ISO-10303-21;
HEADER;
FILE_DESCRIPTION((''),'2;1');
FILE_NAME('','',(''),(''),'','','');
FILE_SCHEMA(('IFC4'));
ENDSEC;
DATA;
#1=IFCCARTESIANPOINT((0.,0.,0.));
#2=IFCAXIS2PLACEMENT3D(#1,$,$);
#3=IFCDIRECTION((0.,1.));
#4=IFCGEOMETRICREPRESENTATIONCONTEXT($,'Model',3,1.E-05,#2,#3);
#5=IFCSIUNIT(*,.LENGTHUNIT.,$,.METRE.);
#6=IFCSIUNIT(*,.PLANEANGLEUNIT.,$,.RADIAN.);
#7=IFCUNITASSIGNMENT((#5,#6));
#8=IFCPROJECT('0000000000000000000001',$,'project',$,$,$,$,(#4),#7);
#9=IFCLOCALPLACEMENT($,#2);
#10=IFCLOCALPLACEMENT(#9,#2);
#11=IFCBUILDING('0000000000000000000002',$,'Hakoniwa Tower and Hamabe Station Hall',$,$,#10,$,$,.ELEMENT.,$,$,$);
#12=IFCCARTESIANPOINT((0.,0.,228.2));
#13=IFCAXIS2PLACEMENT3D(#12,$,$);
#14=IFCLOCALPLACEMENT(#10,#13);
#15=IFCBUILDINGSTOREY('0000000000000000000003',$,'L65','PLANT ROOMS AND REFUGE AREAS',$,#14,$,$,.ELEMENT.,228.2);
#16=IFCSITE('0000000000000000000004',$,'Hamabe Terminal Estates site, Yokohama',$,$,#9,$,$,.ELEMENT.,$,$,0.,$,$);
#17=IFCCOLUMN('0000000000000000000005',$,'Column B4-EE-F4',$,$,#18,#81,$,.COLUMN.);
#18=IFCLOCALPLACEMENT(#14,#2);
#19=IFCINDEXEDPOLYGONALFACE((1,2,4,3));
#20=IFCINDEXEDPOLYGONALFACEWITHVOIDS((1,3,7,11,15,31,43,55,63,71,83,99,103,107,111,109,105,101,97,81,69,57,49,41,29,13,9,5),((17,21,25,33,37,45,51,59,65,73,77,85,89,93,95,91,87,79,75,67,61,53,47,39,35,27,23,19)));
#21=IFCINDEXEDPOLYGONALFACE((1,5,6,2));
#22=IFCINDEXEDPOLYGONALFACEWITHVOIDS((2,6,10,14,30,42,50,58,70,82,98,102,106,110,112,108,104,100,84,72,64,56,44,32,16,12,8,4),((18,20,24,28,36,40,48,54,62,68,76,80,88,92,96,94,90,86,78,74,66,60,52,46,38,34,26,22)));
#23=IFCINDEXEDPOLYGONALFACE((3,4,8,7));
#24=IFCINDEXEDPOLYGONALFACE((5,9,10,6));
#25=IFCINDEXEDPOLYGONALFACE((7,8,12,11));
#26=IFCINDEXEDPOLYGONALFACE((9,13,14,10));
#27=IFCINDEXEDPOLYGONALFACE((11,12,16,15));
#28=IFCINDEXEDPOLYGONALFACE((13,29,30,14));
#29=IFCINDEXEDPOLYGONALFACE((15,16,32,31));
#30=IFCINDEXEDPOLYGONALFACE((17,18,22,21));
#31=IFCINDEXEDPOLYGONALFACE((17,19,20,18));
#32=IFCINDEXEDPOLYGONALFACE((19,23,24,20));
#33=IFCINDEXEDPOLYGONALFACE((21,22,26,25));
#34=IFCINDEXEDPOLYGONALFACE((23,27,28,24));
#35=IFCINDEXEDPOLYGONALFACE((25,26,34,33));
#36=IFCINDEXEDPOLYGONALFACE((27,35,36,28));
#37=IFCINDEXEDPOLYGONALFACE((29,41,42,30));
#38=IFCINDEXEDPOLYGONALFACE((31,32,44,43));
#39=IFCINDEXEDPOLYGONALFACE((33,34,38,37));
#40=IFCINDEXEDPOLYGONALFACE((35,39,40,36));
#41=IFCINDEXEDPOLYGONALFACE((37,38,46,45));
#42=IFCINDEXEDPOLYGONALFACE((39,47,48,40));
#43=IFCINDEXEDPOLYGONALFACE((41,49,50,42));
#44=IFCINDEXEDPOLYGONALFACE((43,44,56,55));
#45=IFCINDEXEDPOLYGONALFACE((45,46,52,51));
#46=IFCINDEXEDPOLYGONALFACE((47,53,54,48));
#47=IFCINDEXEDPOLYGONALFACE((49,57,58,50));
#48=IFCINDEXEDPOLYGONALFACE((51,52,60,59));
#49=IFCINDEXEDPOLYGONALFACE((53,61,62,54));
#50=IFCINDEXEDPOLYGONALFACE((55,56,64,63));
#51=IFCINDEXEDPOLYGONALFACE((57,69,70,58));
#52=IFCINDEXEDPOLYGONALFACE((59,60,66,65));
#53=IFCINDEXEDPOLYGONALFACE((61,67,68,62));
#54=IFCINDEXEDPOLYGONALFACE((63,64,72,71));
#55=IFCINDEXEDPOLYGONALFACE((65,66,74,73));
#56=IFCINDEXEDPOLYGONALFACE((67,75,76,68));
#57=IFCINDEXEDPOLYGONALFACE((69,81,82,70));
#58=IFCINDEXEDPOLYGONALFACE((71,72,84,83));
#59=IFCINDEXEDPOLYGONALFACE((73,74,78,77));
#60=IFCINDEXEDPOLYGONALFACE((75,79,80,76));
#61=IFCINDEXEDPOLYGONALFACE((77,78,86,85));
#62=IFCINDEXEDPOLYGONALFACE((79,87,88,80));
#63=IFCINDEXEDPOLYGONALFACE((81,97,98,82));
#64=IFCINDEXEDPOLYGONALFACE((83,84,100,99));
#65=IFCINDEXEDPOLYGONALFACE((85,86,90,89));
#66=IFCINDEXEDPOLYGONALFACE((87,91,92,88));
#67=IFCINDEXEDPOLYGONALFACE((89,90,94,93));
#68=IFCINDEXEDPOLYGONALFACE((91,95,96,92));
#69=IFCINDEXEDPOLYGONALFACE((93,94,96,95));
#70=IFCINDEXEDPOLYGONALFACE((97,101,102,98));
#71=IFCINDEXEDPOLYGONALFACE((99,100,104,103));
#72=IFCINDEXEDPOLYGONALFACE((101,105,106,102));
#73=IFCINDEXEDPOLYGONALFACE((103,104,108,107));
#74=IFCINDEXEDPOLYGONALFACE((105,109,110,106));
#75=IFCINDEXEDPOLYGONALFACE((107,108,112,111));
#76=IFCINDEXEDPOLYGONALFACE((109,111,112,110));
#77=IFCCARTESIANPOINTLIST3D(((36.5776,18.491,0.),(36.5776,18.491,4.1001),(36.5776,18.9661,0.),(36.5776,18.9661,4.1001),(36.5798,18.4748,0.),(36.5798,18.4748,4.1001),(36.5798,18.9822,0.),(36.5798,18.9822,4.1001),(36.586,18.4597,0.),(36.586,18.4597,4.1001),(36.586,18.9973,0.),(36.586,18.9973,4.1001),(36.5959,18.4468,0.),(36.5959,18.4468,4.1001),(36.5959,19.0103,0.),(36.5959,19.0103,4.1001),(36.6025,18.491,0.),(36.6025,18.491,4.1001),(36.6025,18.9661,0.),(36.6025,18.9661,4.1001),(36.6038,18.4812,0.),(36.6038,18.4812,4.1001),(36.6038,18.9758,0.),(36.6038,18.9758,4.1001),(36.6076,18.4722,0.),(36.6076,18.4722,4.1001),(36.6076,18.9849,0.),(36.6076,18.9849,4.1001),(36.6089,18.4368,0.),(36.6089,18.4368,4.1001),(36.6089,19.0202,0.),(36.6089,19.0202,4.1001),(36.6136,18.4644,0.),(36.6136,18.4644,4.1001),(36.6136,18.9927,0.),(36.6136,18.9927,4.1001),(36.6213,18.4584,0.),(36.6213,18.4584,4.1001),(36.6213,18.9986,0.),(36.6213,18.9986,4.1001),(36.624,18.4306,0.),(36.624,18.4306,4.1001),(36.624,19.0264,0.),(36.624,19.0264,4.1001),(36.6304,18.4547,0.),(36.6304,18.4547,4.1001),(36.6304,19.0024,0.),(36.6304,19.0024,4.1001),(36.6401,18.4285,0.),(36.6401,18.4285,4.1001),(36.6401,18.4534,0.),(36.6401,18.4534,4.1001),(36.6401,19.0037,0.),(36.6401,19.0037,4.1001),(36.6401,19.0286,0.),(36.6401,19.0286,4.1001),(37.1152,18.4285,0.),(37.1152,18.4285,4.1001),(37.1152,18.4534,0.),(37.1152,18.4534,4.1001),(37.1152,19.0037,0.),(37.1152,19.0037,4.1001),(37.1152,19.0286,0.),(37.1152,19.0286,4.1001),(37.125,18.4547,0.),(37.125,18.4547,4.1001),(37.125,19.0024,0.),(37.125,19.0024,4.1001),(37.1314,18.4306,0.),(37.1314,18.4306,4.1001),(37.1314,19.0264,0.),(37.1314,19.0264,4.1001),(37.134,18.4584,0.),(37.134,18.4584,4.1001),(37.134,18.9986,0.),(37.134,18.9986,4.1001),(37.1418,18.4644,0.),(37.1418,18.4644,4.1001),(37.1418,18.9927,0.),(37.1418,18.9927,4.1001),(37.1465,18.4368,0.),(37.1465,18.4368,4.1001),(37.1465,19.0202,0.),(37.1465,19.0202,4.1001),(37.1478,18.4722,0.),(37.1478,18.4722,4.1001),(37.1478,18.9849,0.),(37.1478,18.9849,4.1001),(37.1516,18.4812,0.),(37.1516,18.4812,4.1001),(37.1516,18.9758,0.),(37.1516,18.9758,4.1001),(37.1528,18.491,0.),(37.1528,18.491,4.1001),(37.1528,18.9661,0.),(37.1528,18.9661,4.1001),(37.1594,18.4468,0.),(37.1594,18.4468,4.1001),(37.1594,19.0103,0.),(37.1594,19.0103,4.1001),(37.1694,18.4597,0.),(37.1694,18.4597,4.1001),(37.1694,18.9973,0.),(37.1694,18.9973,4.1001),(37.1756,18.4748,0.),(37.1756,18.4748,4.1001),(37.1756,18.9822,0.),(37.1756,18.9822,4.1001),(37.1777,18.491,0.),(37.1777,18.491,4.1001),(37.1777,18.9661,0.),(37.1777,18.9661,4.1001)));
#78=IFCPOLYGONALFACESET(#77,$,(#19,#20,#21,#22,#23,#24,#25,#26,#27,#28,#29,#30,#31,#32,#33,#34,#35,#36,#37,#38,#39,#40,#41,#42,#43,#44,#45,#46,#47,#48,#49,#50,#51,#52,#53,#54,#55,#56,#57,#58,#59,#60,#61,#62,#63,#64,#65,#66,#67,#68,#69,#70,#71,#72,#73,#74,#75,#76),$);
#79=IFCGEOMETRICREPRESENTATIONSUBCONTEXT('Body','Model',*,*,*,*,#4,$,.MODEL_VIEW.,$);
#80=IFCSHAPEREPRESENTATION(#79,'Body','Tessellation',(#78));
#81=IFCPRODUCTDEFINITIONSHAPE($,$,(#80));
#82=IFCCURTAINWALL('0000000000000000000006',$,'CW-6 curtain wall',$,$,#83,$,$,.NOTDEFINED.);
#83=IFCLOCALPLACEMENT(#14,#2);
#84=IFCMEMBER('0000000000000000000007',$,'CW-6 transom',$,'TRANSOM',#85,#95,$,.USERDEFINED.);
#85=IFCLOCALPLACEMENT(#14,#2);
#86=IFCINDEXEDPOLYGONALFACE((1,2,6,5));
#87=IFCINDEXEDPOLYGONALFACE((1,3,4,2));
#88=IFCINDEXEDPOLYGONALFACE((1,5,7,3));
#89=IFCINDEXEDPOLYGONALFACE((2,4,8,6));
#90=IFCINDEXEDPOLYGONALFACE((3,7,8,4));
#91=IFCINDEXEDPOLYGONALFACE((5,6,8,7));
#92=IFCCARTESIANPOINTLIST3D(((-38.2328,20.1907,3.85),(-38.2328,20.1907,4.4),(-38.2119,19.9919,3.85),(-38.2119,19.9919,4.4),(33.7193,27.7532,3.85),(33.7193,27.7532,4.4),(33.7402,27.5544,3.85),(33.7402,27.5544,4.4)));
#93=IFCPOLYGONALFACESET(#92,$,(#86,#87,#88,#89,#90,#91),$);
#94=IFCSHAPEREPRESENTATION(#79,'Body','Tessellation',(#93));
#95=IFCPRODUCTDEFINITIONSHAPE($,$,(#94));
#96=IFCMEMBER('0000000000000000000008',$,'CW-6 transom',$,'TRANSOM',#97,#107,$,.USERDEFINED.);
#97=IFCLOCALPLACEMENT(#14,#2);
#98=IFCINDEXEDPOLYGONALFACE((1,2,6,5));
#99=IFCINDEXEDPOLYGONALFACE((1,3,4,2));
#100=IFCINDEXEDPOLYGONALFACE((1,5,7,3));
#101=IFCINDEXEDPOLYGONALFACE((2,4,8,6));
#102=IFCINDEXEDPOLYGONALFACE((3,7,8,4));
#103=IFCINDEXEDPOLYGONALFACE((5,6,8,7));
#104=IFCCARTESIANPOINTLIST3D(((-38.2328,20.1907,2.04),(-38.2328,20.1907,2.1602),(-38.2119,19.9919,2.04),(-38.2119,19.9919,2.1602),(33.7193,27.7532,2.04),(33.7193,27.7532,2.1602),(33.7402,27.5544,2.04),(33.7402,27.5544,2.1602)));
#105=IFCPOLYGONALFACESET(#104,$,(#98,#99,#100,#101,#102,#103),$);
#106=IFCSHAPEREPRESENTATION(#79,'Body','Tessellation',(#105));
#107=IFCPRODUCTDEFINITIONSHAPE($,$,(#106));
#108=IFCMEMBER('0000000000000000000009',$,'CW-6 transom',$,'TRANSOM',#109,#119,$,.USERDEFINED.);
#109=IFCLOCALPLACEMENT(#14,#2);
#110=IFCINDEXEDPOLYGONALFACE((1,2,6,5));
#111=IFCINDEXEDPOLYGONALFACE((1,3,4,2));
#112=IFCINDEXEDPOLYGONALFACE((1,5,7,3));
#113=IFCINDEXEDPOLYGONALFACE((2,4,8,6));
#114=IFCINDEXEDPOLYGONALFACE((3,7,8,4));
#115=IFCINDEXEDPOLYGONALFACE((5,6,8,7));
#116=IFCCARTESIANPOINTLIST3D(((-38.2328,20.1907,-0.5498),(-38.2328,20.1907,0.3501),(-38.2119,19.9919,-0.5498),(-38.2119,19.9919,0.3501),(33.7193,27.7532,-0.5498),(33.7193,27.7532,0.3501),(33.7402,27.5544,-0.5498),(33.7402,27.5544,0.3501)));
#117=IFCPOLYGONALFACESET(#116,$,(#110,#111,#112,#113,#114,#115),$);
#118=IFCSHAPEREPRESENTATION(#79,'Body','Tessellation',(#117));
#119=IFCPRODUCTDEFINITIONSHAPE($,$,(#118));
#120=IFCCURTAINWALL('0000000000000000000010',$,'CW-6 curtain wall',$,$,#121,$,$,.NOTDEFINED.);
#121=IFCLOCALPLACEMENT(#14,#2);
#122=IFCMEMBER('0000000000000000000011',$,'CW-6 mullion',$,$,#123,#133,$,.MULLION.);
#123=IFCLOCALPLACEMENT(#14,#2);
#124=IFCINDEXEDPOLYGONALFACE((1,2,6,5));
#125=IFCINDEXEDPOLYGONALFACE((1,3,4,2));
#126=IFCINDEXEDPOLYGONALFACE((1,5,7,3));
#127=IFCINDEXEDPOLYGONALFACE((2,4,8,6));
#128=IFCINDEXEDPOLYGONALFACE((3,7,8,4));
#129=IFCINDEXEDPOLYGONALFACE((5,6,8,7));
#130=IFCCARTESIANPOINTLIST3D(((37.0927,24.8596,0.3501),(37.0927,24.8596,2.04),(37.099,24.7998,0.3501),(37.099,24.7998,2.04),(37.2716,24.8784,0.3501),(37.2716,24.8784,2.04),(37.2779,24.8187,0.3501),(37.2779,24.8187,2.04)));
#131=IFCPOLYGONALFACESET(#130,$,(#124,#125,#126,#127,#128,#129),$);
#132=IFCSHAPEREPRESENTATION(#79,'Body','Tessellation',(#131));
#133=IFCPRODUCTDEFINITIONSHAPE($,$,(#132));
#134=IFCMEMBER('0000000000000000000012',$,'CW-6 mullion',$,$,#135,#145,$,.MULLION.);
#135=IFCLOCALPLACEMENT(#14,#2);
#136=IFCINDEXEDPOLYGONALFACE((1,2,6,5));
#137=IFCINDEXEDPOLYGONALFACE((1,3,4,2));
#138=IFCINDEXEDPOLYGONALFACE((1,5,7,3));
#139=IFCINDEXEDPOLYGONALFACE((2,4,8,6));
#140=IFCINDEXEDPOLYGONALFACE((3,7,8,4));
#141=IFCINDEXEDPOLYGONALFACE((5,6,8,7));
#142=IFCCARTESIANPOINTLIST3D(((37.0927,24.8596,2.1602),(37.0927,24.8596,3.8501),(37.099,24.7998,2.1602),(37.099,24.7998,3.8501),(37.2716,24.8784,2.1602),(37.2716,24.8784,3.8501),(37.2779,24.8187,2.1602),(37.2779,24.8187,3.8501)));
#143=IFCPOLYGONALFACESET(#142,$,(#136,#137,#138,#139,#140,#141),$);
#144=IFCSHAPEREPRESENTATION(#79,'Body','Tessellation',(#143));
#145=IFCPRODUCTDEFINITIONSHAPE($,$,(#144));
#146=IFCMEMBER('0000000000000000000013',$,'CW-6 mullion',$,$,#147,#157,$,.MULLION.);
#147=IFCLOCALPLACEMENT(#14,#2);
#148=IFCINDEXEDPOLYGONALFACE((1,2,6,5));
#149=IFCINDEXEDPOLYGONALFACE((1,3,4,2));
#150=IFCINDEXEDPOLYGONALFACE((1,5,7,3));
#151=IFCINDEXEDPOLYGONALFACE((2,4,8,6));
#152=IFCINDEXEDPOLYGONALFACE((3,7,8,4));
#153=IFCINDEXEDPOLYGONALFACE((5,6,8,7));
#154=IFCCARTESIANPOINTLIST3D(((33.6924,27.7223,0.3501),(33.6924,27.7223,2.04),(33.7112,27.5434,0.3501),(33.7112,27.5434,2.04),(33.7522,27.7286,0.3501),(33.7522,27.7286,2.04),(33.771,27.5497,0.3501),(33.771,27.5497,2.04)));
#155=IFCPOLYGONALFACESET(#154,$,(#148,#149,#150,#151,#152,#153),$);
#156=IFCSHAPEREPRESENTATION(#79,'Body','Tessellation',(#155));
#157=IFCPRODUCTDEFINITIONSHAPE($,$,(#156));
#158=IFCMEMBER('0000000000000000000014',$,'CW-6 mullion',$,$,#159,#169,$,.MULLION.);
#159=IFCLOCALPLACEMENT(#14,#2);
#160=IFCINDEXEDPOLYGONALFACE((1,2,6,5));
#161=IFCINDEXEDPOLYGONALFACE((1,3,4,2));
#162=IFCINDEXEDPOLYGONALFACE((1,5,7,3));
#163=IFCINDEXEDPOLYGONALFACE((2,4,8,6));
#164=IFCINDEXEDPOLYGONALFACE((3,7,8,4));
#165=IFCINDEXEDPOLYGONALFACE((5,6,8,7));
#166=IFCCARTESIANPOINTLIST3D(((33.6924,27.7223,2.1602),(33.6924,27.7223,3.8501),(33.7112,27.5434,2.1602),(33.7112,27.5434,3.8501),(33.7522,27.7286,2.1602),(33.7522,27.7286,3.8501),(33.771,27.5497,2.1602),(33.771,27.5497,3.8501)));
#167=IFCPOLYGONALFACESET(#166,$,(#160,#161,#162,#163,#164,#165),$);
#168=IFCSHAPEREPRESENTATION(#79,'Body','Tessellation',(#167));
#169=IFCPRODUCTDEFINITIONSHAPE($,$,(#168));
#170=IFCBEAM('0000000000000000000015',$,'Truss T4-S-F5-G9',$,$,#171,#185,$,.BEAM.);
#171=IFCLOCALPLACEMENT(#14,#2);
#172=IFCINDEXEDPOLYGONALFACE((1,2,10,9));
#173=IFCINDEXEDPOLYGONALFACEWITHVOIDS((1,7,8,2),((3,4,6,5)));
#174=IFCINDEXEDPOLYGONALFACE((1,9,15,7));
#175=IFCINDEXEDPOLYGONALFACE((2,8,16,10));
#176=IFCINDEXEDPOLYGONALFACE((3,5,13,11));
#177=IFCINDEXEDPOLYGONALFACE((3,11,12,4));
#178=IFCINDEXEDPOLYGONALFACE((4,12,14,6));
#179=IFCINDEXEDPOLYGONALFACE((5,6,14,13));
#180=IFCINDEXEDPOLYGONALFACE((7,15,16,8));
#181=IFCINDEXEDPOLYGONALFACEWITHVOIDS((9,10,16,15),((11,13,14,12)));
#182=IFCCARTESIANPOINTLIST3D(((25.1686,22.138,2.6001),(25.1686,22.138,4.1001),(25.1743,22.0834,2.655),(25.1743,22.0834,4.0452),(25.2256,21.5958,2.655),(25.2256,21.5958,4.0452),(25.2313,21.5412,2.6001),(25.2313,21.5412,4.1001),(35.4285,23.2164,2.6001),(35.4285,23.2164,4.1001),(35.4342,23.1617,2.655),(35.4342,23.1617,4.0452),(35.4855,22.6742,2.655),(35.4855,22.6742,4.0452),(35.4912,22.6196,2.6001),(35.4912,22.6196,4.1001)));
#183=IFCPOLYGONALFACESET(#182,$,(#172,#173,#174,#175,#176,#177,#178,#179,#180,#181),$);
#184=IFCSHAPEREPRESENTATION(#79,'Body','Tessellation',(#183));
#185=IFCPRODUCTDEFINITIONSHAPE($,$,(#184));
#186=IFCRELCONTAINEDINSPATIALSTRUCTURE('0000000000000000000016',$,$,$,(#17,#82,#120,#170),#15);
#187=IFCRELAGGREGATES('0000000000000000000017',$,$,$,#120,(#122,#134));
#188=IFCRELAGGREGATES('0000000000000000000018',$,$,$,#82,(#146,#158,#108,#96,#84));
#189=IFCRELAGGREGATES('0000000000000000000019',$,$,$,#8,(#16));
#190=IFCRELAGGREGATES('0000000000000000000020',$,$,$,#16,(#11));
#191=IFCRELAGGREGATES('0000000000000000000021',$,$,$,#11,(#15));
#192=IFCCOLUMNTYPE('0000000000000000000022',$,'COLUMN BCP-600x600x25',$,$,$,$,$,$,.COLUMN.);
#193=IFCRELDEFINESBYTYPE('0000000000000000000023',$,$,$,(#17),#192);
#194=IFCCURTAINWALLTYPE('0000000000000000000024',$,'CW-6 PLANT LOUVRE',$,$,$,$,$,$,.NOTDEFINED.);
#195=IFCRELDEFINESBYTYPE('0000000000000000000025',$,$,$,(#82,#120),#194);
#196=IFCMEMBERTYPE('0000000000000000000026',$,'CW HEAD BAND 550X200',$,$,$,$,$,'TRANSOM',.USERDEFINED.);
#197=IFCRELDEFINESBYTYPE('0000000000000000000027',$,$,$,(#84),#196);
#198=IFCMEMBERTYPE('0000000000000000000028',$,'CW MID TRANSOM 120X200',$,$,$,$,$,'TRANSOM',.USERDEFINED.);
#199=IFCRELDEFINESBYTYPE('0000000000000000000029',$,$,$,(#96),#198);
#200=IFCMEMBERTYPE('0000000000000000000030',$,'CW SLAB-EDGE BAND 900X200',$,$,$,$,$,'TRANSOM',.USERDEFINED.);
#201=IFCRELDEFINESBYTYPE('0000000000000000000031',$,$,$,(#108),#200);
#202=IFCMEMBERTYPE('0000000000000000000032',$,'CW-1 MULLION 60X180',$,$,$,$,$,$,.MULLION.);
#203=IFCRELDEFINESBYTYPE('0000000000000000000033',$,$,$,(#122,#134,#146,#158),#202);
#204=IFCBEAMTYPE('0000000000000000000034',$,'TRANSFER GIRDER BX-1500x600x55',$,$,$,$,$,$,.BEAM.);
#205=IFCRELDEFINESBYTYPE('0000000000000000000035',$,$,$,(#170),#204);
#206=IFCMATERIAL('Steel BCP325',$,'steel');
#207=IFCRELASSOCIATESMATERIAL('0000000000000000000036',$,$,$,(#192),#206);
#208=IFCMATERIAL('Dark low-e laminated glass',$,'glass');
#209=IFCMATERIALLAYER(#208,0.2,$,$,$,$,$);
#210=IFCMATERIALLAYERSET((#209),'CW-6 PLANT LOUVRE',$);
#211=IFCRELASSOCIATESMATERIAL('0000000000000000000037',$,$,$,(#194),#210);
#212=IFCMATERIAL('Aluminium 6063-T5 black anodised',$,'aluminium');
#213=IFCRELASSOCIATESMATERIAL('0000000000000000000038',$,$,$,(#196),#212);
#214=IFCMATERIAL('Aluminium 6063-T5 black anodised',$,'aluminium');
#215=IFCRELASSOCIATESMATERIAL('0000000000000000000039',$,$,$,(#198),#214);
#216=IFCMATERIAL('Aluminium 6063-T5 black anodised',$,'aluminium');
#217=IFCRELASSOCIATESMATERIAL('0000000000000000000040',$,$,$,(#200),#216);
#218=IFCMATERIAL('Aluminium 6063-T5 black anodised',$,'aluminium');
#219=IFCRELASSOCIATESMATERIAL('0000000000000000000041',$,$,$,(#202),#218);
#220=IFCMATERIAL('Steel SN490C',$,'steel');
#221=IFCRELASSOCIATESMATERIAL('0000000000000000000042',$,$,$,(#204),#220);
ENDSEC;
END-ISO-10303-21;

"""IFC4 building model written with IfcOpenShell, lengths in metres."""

from ifc_helpers import new_model, si_unit, direction, frame, origin, origin_2d, place, context, subcontext, project, spatial, rectangle, hollow_rectangle, extrude, material, layer, layer_set, material_profile, profile_set, type_object, element, aggregate, save


model = new_model("IFC4")

# Units and contexts
model_context = context("Model", 3, precision=1e-05, world=origin(), true_north=direction((0.0, 1.0)))
body_context = subcontext(model_context, "Body", "Model", "MODEL_VIEW")
ifc_project = project(units=[si_unit("LENGTHUNIT", "METRE"), si_unit("PLANEANGLEUNIT", "RADIAN")], contexts=[model_context])

# Site, building, storey
site_placement = place(None, origin())
site = spatial("IfcSite", under=ifc_project, at=site_placement, Name="Hamabe Terminal Estates site, Yokohama", CompositionType="ELEMENT", RefElevation=0.0)
building_placement = place(site_placement, origin())
building = spatial("IfcBuilding", under=site, at=building_placement, Name="Hakoniwa Tower and Hamabe Station Hall", CompositionType="ELEMENT")
storey_placement = place(building_placement, frame((0.0, 0.0, 228.2)))
storey = spatial("IfcBuildingStorey", under=building, at=storey_placement, Name="L65", Description="PLANT ROOMS AND REFUGE AREAS", CompositionType="ELEMENT", Elevation=228.2)

# Column
ifc_material_1 = material(Name="Steel BCP325", Category="steel")
ifc_material_profile_1 = material_profile(ifc_material_1, hollow_rectangle(XDim=0.6001, YDim=0.6001, WallThickness=0.0249, InnerFilletRadius=0.0376, OuterFilletRadius=0.0625, at=origin_2d()), Name="BCP-600x600x25")
ifc_profile_set_1 = profile_set([ifc_material_profile_1], Name="Steel BCP325")
column_type = type_object("IfcColumnType", Name="COLUMN BCP-600x600x25", PredefinedType="COLUMN", material=ifc_profile_set_1)
column_placement = place(storey_placement, frame((36.8777, 18.7285, 0.0), z_axis=(0.0, 0.0, 1.0), x_axis=(1.0, 0.0, 0.0)))
element("IfcColumn", 1, at=column_placement, inside=storey, type_object=column_type, Name="Column B4-EE-F4", PredefinedType="COLUMN", context=body_context, shape_type="SweptSolid", body=[
    extrude(hollow_rectangle(XDim=0.6001, YDim=0.6001, WallThickness=0.0249, InnerFilletRadius=0.0376, OuterFilletRadius=0.0625, at=origin_2d()), origin(), (0.0, 0.0, 1.0), 4.1001),
])

# Curtain walls, members
ifc_material_2 = material(Name="Dark low-e laminated glass", Category="glass")
ifc_layer_1 = layer(ifc_material_2, 0.2)
ifc_layer_set_1 = layer_set([ifc_layer_1], Name="CW-6 PLANT LOUVRE")
curtain_wall_type = type_object("IfcCurtainWallType", Name="CW-6 PLANT LOUVRE", PredefinedType="NOTDEFINED", material=ifc_layer_set_1)
curtain_wall_1_placement = place(storey_placement, origin())
curtain_wall_1 = element("IfcCurtainWall", 2, at=curtain_wall_1_placement, inside=storey, type_object=curtain_wall_type, Name="CW-6 curtain wall", PredefinedType="NOTDEFINED")
ifc_material_3 = material(Name="Aluminium 6063-T5 black anodised", Category="aluminium")
ifc_material_profile_2 = material_profile(ifc_material_3, rectangle(XDim=0.2, YDim=0.55, at=origin_2d()), Name="CW HEAD BAND 550X200")
ifc_profile_set_2 = profile_set([ifc_material_profile_2], Name="Aluminium 6063-T5 black anodised")
member_type_1 = type_object("IfcMemberType", Name="CW HEAD BAND 550X200", ElementType="TRANSOM", PredefinedType="USERDEFINED", material=ifc_profile_set_2)
member_1_placement = place(storey_placement, frame((33.7297, 27.6538, 4.125), z_axis=(-0.994522, -0.104529, 0.0), x_axis=(0.104529, -0.994522, 0.0)))
member_1 = element("IfcMember", 3, at=member_1_placement, type_object=member_type_1, Name="CW-6 transom", ObjectType="TRANSOM", PredefinedType="USERDEFINED", context=body_context, shape_type="SweptSolid", body=[
    extrude(rectangle(XDim=0.2, YDim=0.55, at=origin_2d()), origin(), (0.0, 0.0, 1.0), 72.3484),
])
ifc_material_4 = material(Name="Aluminium 6063-T5 black anodised", Category="aluminium")
ifc_material_profile_3 = material_profile(ifc_material_4, rectangle(XDim=0.2, YDim=0.1201, at=origin_2d()), Name="CW MID TRANSOM 120X200")
ifc_profile_set_3 = profile_set([ifc_material_profile_3], Name="Aluminium 6063-T5 black anodised")
member_type_2 = type_object("IfcMemberType", Name="CW MID TRANSOM 120X200", ElementType="TRANSOM", PredefinedType="USERDEFINED", material=ifc_profile_set_3)
member_2_placement = place(storey_placement, frame((33.7297, 27.6538, 2.1001), z_axis=(-0.994522, -0.104529, 0.0), x_axis=(0.104529, -0.994522, 0.0)))
member_2 = element("IfcMember", 4, at=member_2_placement, type_object=member_type_2, Name="CW-6 transom", ObjectType="TRANSOM", PredefinedType="USERDEFINED", context=body_context, shape_type="SweptSolid", body=[
    extrude(rectangle(XDim=0.2, YDim=0.1201, at=origin_2d()), origin(), (0.0, 0.0, 1.0), 72.3484),
])
ifc_material_5 = material(Name="Aluminium 6063-T5 black anodised", Category="aluminium")
ifc_material_profile_4 = material_profile(ifc_material_5, rectangle(XDim=0.2, YDim=0.8999, at=origin_2d()), Name="CW SLAB-EDGE BAND 900X200")
ifc_profile_set_4 = profile_set([ifc_material_profile_4], Name="Aluminium 6063-T5 black anodised")
member_type_3 = type_object("IfcMemberType", Name="CW SLAB-EDGE BAND 900X200", ElementType="TRANSOM", PredefinedType="USERDEFINED", material=ifc_profile_set_4)
member_3_placement = place(storey_placement, frame((33.7297, 27.6538, -0.0999), z_axis=(-0.994522, -0.104529, 0.0), x_axis=(0.104529, -0.994522, 0.0)))
member_3 = element("IfcMember", 5, at=member_3_placement, type_object=member_type_3, Name="CW-6 transom", ObjectType="TRANSOM", PredefinedType="USERDEFINED", context=body_context, shape_type="SweptSolid", body=[
    extrude(rectangle(XDim=0.2, YDim=0.8999, at=origin_2d()), origin(), (0.0, 0.0, 1.0), 72.3484),
])
curtain_wall_2_placement = place(storey_placement, origin())
curtain_wall_2 = element("IfcCurtainWall", 6, at=curtain_wall_2_placement, inside=storey, type_object=curtain_wall_type, Name="CW-6 curtain wall", PredefinedType="NOTDEFINED")
ifc_material_6 = material(Name="Aluminium 6063-T5 black anodised", Category="aluminium")
ifc_material_profile_5 = material_profile(ifc_material_6, rectangle(XDim=0.0601, YDim=0.1799, at=origin_2d()), Name="CW-1 MULLION 60X180")
ifc_profile_set_5 = profile_set([ifc_material_profile_5], Name="Aluminium 6063-T5 black anodised")
member_type_4 = type_object("IfcMemberType", Name="CW-1 MULLION 60X180", PredefinedType="MULLION", material=ifc_profile_set_5)
member_4_placement = place(storey_placement, frame((37.1853, 24.8391, 0.3501), z_axis=(0.0, 0.0, 1.0), x_axis=(-0.104528, 0.994522, 0.0)))
member_4 = element("IfcMember", 7, at=member_4_placement, type_object=member_type_4, Name="CW-6 mullion", PredefinedType="MULLION", context=body_context, shape_type="SweptSolid", body=[
    extrude(rectangle(XDim=0.0601, YDim=0.1799, at=origin_2d()), origin(), (0.0, 0.0, 1.0), 1.6899),
])
member_5_placement = place(storey_placement, frame((37.1853, 24.8391, 2.1602), z_axis=(0.0, 0.0, 1.0), x_axis=(-0.104528, 0.994522, 0.0)))
member_5 = element("IfcMember", 8, at=member_5_placement, type_object=member_type_4, Name="CW-6 mullion", PredefinedType="MULLION", context=body_context, shape_type="SweptSolid", body=[
    extrude(rectangle(XDim=0.0601, YDim=0.1799, at=origin_2d()), origin(), (0.0, 0.0, 1.0), 1.6899),
])

# Members
member_6_placement = place(storey_placement, frame((33.7317, 27.636, 0.3501), z_axis=(0.0, 0.0, 1.0), x_axis=(-0.994522, -0.104528, 0.0)))
member_6 = element("IfcMember", 9, at=member_6_placement, type_object=member_type_4, Name="CW-6 mullion", PredefinedType="MULLION", context=body_context, shape_type="SweptSolid", body=[
    extrude(rectangle(XDim=0.0601, YDim=0.1799, at=origin_2d()), origin(), (0.0, 0.0, 1.0), 1.6899),
])
member_7_placement = place(storey_placement, frame((33.7317, 27.636, 2.1602), z_axis=(0.0, 0.0, 1.0), x_axis=(-0.994522, -0.104528, 0.0)))
member_7 = element("IfcMember", 10, at=member_7_placement, type_object=member_type_4, Name="CW-6 mullion", PredefinedType="MULLION", context=body_context, shape_type="SweptSolid", body=[
    extrude(rectangle(XDim=0.0601, YDim=0.1799, at=origin_2d()), origin(), (0.0, 0.0, 1.0), 1.6899),
])

# Beam
ifc_material_7 = material(Name="Steel SN490C", Category="steel")
ifc_material_profile_6 = material_profile(ifc_material_7, hollow_rectangle(XDim=0.6001, YDim=1.5, WallThickness=0.0549, at=origin_2d()), Name="BX-1500x600x55")
ifc_profile_set_6 = profile_set([ifc_material_profile_6], Name="Steel SN490C")
beam_type = type_object("IfcBeamType", Name="TRANSFER GIRDER BX-1500x600x55", PredefinedType="BEAM", material=ifc_profile_set_6)
beam_1_placement = place(storey_placement, frame((25.2, 21.8396, 3.3501), z_axis=(0.994522, 0.104528, 0.0), x_axis=(-0.104528, 0.994522, 0.0)))
element("IfcBeam", 11, at=beam_1_placement, inside=storey, type_object=beam_type, Name="Truss T4-S-F5-G9", PredefinedType="BEAM", context=body_context, shape_type="SweptSolid", body=[
    extrude(hollow_rectangle(XDim=0.6001, YDim=1.5, WallThickness=0.0549, at=origin_2d()), origin(), (0.0, 0.0, 1.0), 10.3164),
])

aggregate(curtain_wall_2, [member_4, member_5])

aggregate(curtain_wall_1, [member_6, member_7, member_3, member_2, member_1])

save(model, "model.ifc")
